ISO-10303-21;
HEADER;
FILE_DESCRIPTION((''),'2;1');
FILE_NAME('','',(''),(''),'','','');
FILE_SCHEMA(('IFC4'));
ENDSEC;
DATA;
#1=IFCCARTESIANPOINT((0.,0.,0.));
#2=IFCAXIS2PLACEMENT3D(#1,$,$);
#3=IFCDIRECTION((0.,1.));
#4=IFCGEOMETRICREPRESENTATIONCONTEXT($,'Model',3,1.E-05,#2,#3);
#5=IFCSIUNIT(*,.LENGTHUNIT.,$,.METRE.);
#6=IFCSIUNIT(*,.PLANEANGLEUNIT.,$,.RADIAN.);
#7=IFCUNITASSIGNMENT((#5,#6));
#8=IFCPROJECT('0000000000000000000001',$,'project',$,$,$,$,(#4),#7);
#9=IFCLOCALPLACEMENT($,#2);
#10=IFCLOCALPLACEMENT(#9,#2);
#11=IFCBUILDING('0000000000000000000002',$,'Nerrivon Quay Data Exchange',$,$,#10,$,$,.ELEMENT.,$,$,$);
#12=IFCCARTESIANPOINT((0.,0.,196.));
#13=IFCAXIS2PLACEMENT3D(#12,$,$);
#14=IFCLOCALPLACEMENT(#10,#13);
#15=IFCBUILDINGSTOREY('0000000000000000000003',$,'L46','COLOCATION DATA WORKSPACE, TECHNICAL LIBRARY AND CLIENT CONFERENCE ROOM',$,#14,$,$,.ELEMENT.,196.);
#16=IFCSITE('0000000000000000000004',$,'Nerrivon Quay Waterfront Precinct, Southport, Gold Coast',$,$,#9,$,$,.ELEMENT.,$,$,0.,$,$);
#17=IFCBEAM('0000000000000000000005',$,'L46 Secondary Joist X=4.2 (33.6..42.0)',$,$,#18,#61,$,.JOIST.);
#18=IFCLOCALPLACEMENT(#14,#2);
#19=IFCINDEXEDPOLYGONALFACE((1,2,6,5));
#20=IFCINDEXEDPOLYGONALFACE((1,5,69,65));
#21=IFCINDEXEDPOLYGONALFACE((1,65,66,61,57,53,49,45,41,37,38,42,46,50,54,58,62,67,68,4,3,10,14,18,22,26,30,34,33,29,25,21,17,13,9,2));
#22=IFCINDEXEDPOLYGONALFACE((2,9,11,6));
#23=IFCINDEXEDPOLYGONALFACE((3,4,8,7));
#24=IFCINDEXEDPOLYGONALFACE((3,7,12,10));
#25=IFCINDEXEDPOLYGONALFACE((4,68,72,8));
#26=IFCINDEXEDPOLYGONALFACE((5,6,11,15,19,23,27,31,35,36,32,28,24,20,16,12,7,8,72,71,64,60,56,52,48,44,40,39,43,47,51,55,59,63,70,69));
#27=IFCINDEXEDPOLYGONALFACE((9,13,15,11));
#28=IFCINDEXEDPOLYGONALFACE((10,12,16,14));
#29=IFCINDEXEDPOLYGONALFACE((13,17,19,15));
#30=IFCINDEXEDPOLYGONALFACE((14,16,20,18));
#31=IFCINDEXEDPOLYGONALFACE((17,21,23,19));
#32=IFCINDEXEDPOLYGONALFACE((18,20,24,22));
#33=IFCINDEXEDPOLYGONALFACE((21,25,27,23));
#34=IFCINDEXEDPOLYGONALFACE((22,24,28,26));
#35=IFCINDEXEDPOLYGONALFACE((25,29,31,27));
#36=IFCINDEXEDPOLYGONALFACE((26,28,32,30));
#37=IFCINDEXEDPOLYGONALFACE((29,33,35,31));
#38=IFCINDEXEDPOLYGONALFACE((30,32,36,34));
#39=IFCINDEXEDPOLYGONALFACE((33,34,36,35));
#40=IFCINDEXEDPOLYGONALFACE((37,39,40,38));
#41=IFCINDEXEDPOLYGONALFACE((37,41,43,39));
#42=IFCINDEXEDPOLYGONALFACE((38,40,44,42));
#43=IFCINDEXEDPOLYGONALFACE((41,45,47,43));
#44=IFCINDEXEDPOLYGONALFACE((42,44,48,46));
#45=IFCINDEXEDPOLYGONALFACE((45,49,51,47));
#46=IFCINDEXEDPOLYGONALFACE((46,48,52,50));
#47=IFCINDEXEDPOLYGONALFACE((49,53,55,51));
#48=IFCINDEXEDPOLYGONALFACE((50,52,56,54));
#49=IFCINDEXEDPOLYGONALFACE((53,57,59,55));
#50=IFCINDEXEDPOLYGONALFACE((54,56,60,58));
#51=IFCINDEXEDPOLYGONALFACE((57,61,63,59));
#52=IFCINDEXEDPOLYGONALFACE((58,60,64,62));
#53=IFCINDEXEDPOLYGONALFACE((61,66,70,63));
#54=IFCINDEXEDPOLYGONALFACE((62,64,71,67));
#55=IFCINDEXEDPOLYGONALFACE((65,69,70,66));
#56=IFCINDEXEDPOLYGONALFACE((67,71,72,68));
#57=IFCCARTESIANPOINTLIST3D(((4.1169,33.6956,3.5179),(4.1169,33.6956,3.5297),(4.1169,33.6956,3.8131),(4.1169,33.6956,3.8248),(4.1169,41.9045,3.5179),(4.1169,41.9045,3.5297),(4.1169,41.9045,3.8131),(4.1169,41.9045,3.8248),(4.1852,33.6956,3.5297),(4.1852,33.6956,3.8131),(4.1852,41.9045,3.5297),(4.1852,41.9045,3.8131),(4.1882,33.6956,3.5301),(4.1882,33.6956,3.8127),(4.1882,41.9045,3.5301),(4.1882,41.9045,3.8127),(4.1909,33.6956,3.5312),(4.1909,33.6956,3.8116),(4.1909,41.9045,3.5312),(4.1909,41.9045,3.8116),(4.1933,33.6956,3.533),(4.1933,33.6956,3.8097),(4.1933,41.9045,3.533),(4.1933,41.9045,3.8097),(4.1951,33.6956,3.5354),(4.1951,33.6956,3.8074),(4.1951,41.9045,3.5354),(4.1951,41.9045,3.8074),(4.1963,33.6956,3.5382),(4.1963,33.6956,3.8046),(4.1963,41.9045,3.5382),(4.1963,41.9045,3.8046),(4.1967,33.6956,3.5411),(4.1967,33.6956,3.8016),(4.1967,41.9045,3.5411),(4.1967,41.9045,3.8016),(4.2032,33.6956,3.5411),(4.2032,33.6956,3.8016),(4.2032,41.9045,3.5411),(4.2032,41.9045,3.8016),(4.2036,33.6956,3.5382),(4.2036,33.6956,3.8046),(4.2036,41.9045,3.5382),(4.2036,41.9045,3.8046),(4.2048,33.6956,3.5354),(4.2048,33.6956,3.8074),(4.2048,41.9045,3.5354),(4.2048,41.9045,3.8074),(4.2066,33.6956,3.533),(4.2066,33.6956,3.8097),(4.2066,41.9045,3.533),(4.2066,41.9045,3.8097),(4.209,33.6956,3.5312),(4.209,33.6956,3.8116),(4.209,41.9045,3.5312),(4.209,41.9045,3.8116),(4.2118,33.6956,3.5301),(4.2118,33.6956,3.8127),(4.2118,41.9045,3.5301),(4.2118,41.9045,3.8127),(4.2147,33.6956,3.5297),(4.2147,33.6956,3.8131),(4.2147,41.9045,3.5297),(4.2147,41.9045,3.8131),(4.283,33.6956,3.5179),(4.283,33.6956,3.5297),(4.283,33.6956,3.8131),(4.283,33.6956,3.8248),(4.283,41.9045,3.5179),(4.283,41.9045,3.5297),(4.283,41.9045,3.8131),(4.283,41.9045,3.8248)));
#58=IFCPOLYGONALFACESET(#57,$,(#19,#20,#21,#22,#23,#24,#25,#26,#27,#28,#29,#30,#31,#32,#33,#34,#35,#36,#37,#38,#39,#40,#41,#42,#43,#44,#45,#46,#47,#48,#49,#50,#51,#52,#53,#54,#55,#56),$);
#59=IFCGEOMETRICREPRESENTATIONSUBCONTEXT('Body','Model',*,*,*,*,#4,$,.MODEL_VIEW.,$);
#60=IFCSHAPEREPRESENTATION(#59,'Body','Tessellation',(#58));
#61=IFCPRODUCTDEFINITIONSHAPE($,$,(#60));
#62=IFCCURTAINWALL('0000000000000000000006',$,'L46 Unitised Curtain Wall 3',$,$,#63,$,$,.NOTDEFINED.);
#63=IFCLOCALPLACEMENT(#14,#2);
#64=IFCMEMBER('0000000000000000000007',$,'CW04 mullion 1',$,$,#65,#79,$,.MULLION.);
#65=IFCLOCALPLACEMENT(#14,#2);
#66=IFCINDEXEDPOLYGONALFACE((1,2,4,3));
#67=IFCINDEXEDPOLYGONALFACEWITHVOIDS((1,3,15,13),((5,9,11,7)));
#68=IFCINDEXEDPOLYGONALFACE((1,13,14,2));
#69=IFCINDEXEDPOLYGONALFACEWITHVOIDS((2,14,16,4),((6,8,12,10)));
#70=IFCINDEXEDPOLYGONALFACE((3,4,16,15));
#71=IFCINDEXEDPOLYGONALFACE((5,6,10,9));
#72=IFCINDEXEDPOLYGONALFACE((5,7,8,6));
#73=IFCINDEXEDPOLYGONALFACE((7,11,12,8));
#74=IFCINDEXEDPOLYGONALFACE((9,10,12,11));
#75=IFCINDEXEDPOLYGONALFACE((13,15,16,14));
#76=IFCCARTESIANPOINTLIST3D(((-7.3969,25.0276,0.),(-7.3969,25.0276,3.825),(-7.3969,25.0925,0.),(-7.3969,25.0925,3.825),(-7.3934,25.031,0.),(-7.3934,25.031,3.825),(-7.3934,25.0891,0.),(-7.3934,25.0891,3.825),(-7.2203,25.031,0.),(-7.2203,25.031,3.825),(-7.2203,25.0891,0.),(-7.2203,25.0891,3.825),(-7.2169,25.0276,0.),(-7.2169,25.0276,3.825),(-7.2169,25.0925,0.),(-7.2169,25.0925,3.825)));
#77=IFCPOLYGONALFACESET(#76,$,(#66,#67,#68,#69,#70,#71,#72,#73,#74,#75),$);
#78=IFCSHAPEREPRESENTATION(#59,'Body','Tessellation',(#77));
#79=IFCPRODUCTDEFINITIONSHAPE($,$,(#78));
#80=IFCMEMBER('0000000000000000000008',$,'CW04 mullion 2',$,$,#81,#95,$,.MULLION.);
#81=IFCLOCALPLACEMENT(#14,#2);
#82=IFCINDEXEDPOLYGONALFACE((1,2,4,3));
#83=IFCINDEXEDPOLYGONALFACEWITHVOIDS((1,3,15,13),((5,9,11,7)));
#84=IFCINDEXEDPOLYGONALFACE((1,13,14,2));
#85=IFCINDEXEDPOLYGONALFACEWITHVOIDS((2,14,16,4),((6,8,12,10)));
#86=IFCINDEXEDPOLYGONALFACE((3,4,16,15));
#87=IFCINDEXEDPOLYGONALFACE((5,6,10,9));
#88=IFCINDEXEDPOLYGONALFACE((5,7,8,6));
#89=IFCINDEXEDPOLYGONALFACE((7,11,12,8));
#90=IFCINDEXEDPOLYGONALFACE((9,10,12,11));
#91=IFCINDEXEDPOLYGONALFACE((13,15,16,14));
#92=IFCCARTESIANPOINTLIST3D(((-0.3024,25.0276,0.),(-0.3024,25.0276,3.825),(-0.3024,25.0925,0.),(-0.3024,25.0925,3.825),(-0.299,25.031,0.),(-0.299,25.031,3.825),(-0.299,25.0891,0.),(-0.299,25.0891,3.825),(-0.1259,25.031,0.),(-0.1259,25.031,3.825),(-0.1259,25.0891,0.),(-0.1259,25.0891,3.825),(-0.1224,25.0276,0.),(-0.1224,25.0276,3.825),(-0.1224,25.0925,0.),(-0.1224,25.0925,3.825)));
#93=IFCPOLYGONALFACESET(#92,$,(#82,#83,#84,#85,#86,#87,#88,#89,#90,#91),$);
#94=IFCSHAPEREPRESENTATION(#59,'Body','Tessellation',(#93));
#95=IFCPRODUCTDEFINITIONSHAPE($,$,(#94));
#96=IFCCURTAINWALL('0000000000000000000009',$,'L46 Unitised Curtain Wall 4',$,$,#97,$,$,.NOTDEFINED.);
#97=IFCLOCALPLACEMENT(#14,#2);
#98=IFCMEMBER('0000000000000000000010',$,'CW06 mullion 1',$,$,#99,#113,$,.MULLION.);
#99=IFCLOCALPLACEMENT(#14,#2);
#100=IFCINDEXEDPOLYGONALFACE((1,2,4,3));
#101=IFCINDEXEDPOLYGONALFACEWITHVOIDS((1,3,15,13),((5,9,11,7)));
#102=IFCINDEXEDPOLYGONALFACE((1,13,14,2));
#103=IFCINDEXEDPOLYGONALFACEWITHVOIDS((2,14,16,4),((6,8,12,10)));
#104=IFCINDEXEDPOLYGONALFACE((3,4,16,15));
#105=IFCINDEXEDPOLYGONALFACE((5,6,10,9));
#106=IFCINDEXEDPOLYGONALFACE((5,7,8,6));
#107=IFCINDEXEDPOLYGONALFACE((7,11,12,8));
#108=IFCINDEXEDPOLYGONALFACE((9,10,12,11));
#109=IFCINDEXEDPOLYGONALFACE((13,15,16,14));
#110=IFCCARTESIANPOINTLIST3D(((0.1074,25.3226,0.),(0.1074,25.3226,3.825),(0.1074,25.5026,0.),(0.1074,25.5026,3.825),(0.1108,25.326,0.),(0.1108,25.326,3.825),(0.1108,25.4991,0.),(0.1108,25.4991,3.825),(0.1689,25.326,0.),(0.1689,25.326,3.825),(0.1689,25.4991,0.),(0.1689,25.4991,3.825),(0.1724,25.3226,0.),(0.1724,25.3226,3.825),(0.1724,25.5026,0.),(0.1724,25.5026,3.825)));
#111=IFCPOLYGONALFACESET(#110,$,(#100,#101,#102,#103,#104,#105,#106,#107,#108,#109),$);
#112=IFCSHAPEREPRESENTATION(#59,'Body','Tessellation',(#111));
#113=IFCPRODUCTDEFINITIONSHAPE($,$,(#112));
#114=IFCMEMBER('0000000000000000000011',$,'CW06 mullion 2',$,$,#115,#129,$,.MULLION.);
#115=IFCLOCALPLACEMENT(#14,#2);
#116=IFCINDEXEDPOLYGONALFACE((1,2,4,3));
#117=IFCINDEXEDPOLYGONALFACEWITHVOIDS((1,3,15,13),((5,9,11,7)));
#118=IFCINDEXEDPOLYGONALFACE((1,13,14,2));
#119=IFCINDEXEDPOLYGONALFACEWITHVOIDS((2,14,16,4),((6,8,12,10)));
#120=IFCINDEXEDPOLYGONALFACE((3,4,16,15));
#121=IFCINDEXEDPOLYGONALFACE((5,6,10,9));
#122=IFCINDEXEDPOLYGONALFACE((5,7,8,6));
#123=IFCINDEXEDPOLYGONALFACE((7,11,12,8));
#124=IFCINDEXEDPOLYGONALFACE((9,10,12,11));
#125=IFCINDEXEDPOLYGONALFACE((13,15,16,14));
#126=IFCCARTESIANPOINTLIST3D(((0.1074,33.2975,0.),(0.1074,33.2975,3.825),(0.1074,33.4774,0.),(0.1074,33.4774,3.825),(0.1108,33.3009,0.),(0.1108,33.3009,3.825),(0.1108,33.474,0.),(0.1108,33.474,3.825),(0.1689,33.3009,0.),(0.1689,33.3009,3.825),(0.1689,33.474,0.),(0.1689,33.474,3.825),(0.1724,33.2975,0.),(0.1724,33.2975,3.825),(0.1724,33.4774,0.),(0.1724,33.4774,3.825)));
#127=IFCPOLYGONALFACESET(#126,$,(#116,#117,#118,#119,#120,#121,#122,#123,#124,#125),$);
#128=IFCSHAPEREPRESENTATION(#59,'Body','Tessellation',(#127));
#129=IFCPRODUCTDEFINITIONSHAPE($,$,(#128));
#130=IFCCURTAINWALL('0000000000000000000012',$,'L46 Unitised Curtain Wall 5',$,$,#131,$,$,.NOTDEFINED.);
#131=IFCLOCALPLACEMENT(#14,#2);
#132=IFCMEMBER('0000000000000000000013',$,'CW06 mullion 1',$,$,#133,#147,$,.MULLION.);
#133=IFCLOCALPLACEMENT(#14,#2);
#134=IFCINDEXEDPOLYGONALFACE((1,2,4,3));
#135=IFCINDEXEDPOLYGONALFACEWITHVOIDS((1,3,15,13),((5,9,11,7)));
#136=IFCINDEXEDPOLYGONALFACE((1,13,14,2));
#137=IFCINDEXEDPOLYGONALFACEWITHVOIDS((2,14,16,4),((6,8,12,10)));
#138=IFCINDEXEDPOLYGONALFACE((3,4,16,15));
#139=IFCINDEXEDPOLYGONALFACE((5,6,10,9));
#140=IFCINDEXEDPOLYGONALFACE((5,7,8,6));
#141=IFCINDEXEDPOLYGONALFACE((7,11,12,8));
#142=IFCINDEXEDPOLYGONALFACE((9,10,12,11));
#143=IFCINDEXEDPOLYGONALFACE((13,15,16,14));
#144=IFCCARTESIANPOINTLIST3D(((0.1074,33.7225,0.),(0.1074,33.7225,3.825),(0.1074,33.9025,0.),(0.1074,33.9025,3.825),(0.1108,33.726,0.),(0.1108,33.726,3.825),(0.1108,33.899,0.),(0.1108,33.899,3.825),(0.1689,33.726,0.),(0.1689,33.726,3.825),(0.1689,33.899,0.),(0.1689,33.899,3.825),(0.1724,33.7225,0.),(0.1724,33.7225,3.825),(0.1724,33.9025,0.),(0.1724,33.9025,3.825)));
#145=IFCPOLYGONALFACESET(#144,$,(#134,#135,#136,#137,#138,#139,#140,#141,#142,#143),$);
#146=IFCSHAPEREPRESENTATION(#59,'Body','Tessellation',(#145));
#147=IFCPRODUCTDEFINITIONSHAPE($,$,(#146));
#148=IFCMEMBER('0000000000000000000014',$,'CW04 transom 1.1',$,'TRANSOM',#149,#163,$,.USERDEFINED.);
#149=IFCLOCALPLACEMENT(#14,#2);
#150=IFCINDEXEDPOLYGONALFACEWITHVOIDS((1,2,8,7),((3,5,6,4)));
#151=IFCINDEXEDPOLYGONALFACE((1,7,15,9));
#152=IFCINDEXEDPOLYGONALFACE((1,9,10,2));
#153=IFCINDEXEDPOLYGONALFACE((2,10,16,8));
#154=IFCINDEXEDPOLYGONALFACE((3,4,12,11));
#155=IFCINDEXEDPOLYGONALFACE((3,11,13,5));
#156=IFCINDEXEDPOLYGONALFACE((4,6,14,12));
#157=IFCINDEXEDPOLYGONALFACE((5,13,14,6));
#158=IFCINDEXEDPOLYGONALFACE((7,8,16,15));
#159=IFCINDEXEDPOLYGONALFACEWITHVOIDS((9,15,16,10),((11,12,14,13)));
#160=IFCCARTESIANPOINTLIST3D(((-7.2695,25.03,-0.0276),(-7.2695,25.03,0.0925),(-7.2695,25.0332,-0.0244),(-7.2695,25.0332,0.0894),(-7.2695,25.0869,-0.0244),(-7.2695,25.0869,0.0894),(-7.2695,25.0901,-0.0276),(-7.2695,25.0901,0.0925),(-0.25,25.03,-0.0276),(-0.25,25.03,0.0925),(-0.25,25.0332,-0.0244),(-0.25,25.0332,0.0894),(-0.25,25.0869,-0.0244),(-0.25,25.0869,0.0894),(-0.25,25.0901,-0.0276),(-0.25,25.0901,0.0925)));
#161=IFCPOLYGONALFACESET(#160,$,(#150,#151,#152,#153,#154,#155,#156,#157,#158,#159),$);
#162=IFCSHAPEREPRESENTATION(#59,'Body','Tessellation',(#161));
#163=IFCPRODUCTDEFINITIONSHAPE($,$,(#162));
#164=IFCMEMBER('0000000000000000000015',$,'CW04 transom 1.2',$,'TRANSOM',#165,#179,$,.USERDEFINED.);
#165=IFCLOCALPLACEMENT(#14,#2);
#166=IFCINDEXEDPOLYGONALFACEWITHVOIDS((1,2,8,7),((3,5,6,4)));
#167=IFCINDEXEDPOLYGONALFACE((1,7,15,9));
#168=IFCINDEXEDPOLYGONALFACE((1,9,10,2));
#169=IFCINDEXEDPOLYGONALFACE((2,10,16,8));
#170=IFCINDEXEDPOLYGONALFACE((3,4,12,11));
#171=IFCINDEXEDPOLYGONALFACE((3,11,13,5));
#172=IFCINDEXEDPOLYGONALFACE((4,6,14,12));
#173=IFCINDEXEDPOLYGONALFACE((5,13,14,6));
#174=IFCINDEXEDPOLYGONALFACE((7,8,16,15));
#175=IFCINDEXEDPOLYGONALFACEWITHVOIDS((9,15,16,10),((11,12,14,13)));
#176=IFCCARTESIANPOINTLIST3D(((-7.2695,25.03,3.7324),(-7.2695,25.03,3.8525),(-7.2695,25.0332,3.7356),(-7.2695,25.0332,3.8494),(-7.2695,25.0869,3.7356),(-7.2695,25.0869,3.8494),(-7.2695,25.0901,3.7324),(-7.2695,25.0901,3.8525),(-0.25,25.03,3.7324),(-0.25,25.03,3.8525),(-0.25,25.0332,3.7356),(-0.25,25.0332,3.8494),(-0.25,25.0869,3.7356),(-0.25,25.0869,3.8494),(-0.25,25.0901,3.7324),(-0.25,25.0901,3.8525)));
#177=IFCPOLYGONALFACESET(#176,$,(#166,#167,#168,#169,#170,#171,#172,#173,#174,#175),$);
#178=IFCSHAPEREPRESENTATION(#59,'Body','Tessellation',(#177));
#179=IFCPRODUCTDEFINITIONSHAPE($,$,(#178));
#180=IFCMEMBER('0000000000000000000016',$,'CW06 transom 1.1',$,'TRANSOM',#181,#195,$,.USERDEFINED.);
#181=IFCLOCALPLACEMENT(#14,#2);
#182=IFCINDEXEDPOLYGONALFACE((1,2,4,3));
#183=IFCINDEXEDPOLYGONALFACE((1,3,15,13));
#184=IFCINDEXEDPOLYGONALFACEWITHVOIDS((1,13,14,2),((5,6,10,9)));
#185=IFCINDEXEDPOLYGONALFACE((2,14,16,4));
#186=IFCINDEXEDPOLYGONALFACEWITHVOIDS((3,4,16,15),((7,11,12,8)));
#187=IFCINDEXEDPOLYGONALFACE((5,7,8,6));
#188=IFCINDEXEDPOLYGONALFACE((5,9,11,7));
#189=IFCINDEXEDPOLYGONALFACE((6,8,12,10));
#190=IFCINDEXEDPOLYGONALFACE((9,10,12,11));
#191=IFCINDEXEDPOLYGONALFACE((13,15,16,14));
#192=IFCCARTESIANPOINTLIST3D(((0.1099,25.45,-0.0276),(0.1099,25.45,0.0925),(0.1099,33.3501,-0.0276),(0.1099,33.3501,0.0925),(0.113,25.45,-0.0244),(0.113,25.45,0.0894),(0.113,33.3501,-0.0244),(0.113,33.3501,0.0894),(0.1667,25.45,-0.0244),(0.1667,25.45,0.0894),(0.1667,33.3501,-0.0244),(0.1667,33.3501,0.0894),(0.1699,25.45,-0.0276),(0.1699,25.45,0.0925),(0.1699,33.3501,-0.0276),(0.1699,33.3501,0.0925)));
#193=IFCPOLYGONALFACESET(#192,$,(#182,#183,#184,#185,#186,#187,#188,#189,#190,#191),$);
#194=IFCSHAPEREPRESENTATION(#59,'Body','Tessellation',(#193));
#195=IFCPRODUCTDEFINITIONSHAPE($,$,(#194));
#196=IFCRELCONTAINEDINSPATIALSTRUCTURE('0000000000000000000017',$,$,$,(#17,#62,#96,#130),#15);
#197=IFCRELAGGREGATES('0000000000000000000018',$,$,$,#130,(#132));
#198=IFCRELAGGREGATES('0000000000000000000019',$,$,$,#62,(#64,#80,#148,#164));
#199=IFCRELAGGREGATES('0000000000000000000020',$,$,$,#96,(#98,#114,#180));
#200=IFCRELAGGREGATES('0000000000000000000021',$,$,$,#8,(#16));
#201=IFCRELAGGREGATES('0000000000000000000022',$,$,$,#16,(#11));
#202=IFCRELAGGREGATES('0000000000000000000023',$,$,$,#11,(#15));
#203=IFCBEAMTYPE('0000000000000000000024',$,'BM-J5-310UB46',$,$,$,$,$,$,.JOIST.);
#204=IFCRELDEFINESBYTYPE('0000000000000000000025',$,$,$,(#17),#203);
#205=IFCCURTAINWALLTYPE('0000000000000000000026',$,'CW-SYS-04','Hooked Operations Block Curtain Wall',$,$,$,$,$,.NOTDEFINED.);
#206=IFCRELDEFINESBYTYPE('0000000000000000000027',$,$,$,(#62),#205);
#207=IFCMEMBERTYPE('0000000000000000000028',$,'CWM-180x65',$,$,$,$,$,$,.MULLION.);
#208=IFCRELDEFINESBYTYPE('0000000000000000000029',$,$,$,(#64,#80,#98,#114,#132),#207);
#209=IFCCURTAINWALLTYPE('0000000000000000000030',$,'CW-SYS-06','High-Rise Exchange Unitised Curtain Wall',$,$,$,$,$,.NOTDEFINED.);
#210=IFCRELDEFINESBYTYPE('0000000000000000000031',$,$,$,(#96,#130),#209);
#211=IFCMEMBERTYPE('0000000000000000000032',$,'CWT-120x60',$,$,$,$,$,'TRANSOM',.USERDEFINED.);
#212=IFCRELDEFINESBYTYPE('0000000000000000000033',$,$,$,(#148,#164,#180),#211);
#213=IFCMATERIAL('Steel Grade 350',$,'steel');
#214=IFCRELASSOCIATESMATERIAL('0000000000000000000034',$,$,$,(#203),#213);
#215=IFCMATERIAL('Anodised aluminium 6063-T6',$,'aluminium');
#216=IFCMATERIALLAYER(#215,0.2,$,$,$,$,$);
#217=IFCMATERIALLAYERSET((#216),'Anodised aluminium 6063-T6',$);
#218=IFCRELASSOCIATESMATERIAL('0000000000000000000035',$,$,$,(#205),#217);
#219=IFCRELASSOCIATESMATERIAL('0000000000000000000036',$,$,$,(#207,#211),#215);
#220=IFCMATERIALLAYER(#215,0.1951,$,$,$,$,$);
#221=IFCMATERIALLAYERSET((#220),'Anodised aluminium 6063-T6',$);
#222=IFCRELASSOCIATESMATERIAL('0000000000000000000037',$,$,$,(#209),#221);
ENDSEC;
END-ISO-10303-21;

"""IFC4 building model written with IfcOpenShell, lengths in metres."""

from ifc_helpers import new_model, si_unit, direction, frame, origin, origin_2d, place, context, subcontext, project, spatial, hollow_rectangle, i_section, extrude, material, layer, layer_set, material_profile, profile_set, type_object, element, aggregate, save


model = new_model("IFC4")

# Units and contexts
model_context = context("Model", 3, precision=1e-05, world=origin(), true_north=direction((0.0, 1.0)))
body_context = subcontext(model_context, "Body", "Model", "MODEL_VIEW")
ifc_project = project(units=[si_unit("LENGTHUNIT", "METRE"), si_unit("PLANEANGLEUNIT", "RADIAN")], contexts=[model_context])

# Site, building, storey
site_placement = place(None, origin())
site = spatial("IfcSite", under=ifc_project, at=site_placement, Name="Nerrivon Quay Waterfront Precinct, Southport, Gold Coast", CompositionType="ELEMENT", RefElevation=0.0)
building_placement = place(site_placement, origin())
building = spatial("IfcBuilding", under=site, at=building_placement, Name="Nerrivon Quay Data Exchange", CompositionType="ELEMENT")
storey_placement = place(building_placement, frame((0.0, 0.0, 196.0)))
storey = spatial("IfcBuildingStorey", under=building, at=storey_placement, Name="L46", Description="COLOCATION DATA WORKSPACE, TECHNICAL LIBRARY AND CLIENT CONFERENCE ROOM", CompositionType="ELEMENT", Elevation=196.0)

# Shared definitions
ifc_material_1 = material(Name="Steel Grade 350", Category="steel")

# Beam
ifc_material_profile_1 = material_profile(ifc_material_1, i_section(OverallWidth=0.166, OverallDepth=0.3069, WebThickness=0.0066, FlangeThickness=0.0117, FilletRadius=0.0115, at=origin_2d()), Name="310UB46.2")
ifc_profile_set_1 = profile_set([ifc_material_profile_1], Name="Steel Grade 350")
beam_type_1 = type_object("IfcBeamType", Name="BM-J5-310UB46", PredefinedType="JOIST", material=ifc_profile_set_1)
beam_1_placement = place(storey_placement, frame((4.2, 33.6956, 3.6714), z_axis=(0.0, 1.0, 0.0), x_axis=(-1.0, 0.0, 0.0)))
element("IfcBeam", 1, at=beam_1_placement, inside=storey, type_object=beam_type_1, Name="L46 Secondary Joist X=4.2 (33.6..42.0)", PredefinedType="JOIST", context=body_context, shape_type="SweptSolid", body=[
    extrude(i_section(OverallWidth=0.166, OverallDepth=0.3069, WebThickness=0.0066, FlangeThickness=0.0117, FilletRadius=0.0115, at=origin_2d()), origin(), (0.0, 0.0, 1.0), 8.209),
])

# Curtain walls, members
ifc_material_2 = material(Name="Anodised aluminium 6063-T6", Category="aluminium")
ifc_layer_1 = layer(ifc_material_2, 0.2)
ifc_layer_set_1 = layer_set([ifc_layer_1], Name="Anodised aluminium 6063-T6")
curtain_wall_type_1 = type_object("IfcCurtainWallType", Name="CW-SYS-04", Description="Hooked Operations Block Curtain Wall", PredefinedType="NOTDEFINED", material=ifc_layer_set_1)
curtain_wall_1_placement = place(storey_placement, origin())
curtain_wall_1 = element("IfcCurtainWall", 2, at=curtain_wall_1_placement, inside=storey, type_object=curtain_wall_type_1, Name="L46 Unitised Curtain Wall 3", PredefinedType="NOTDEFINED")
ifc_material_profile_2 = material_profile(ifc_material_2, hollow_rectangle(XDim=0.0649, YDim=0.1799, WallThickness=0.0034, at=origin_2d()), Name="ALU-MULL-180x65")
ifc_profile_set_2 = profile_set([ifc_material_profile_2], Name="Anodised aluminium 6063-T6")
member_type_1 = type_object("IfcMemberType", Name="CWM-180x65", PredefinedType="MULLION", material=ifc_profile_set_2)
member_1_placement = place(storey_placement, frame((-7.3069, 25.0601, 0.0), z_axis=(0.0, 0.0, 1.0), x_axis=(0.0, 1.0, 0.0)))
member_1 = element("IfcMember", 3, at=member_1_placement, type_object=member_type_1, Name="CW04 mullion 1", PredefinedType="MULLION", context=body_context, shape_type="SweptSolid", body=[
    extrude(hollow_rectangle(XDim=0.0649, YDim=0.1799, WallThickness=0.0034, at=origin_2d()), origin(), (0.0, 0.0, 1.0), 3.825),
])
member_2_placement = place(storey_placement, frame((-0.2124, 25.0601, 0.0), z_axis=(0.0, 0.0, 1.0), x_axis=(0.0, 1.0, 0.0)))
member_2 = element("IfcMember", 4, at=member_2_placement, type_object=member_type_1, Name="CW04 mullion 2", PredefinedType="MULLION", context=body_context, shape_type="SweptSolid", body=[
    extrude(hollow_rectangle(XDim=0.0649, YDim=0.1799, WallThickness=0.0034, at=origin_2d()), origin(), (0.0, 0.0, 1.0), 3.825),
])
ifc_layer_2 = layer(ifc_material_2, 0.1951)
ifc_layer_set_2 = layer_set([ifc_layer_2], Name="Anodised aluminium 6063-T6")
curtain_wall_type_2 = type_object("IfcCurtainWallType", Name="CW-SYS-06", Description="High-Rise Exchange Unitised Curtain Wall", PredefinedType="NOTDEFINED", material=ifc_layer_set_2)
curtain_wall_2_placement = place(storey_placement, origin())
curtain_wall_2 = element("IfcCurtainWall", 5, at=curtain_wall_2_placement, inside=storey, type_object=curtain_wall_type_2, Name="L46 Unitised Curtain Wall 4", PredefinedType="NOTDEFINED")
member_3_placement = place(storey_placement, frame((0.1399, 25.4126, 0.0), z_axis=(0.0, 0.0, 1.0), x_axis=(-1.0, 0.0, 0.0)))
member_3 = element("IfcMember", 6, at=member_3_placement, type_object=member_type_1, Name="CW06 mullion 1", PredefinedType="MULLION", context=body_context, shape_type="SweptSolid", body=[
    extrude(hollow_rectangle(XDim=0.0649, YDim=0.1799, WallThickness=0.0034, at=origin_2d()), origin(), (0.0, 0.0, 1.0), 3.825),
])
member_4_placement = place(storey_placement, frame((0.1399, 33.3875, 0.0), z_axis=(0.0, 0.0, 1.0), x_axis=(-1.0, 0.0, 0.0)))
member_4 = element("IfcMember", 7, at=member_4_placement, type_object=member_type_1, Name="CW06 mullion 2", PredefinedType="MULLION", context=body_context, shape_type="SweptSolid", body=[
    extrude(hollow_rectangle(XDim=0.0649, YDim=0.1799, WallThickness=0.0034, at=origin_2d()), origin(), (0.0, 0.0, 1.0), 3.825),
])

# Curtain wall, member
curtain_wall_3_placement = place(storey_placement, origin())
curtain_wall_3 = element("IfcCurtainWall", 8, at=curtain_wall_3_placement, inside=storey, type_object=curtain_wall_type_2, Name="L46 Unitised Curtain Wall 5", PredefinedType="NOTDEFINED")
member_5_placement = place(storey_placement, frame((0.1399, 33.8125, 0.0), z_axis=(0.0, 0.0, 1.0), x_axis=(-1.0, 0.0, 0.0)))
member_5 = element("IfcMember", 9, at=member_5_placement, type_object=member_type_1, Name="CW06 mullion 1", PredefinedType="MULLION", context=body_context, shape_type="SweptSolid", body=[
    extrude(hollow_rectangle(XDim=0.0649, YDim=0.1799, WallThickness=0.0034, at=origin_2d()), origin(), (0.0, 0.0, 1.0), 3.825),
])

# Members
ifc_material_profile_3 = material_profile(ifc_material_2, hollow_rectangle(XDim=0.0601, YDim=0.1201, WallThickness=0.0032, at=origin_2d()), Name="ALU-TRAN-120x60")
ifc_profile_set_3 = profile_set([ifc_material_profile_3], Name="Anodised aluminium 6063-T6")
member_type_2 = type_object("IfcMemberType", Name="CWT-120x60", ElementType="TRANSOM", PredefinedType="USERDEFINED", material=ifc_profile_set_3)
member_6_placement = place(storey_placement, frame((-7.2695, 25.0601, 0.0325), z_axis=(1.0, 0.0, 0.0), x_axis=(0.0, 1.0, 0.0)))
member_6 = element("IfcMember", 10, at=member_6_placement, type_object=member_type_2, Name="CW04 transom 1.1", ObjectType="TRANSOM", PredefinedType="USERDEFINED", context=body_context, shape_type="SweptSolid", body=[
    extrude(hollow_rectangle(XDim=0.0601, YDim=0.1201, WallThickness=0.0032, at=origin_2d()), origin(), (0.0, 0.0, 1.0), 7.0195),
])
member_7_placement = place(storey_placement, frame((-7.2695, 25.0601, 3.7925), z_axis=(1.0, 0.0, 0.0), x_axis=(0.0, 1.0, 0.0)))
member_7 = element("IfcMember", 11, at=member_7_placement, type_object=member_type_2, Name="CW04 transom 1.2", ObjectType="TRANSOM", PredefinedType="USERDEFINED", context=body_context, shape_type="SweptSolid", body=[
    extrude(hollow_rectangle(XDim=0.0601, YDim=0.1201, WallThickness=0.0032, at=origin_2d()), origin(), (0.0, 0.0, 1.0), 7.0195),
])
member_8_placement = place(storey_placement, frame((0.1399, 25.45, 0.0325), z_axis=(0.0, 1.0, 0.0), x_axis=(-1.0, 0.0, 0.0)))
member_8 = element("IfcMember", 12, at=member_8_placement, type_object=member_type_2, Name="CW06 transom 1.1", ObjectType="TRANSOM", PredefinedType="USERDEFINED", context=body_context, shape_type="SweptSolid", body=[
    extrude(hollow_rectangle(XDim=0.0601, YDim=0.1201, WallThickness=0.0032, at=origin_2d()), origin(), (0.0, 0.0, 1.0), 7.9001),
])
aggregate(curtain_wall_3, [member_5])

aggregate(curtain_wall_1, [member_1, member_2, member_6, member_7])
aggregate(curtain_wall_2, [member_3, member_4, member_8])

save(model, "model.ifc")
